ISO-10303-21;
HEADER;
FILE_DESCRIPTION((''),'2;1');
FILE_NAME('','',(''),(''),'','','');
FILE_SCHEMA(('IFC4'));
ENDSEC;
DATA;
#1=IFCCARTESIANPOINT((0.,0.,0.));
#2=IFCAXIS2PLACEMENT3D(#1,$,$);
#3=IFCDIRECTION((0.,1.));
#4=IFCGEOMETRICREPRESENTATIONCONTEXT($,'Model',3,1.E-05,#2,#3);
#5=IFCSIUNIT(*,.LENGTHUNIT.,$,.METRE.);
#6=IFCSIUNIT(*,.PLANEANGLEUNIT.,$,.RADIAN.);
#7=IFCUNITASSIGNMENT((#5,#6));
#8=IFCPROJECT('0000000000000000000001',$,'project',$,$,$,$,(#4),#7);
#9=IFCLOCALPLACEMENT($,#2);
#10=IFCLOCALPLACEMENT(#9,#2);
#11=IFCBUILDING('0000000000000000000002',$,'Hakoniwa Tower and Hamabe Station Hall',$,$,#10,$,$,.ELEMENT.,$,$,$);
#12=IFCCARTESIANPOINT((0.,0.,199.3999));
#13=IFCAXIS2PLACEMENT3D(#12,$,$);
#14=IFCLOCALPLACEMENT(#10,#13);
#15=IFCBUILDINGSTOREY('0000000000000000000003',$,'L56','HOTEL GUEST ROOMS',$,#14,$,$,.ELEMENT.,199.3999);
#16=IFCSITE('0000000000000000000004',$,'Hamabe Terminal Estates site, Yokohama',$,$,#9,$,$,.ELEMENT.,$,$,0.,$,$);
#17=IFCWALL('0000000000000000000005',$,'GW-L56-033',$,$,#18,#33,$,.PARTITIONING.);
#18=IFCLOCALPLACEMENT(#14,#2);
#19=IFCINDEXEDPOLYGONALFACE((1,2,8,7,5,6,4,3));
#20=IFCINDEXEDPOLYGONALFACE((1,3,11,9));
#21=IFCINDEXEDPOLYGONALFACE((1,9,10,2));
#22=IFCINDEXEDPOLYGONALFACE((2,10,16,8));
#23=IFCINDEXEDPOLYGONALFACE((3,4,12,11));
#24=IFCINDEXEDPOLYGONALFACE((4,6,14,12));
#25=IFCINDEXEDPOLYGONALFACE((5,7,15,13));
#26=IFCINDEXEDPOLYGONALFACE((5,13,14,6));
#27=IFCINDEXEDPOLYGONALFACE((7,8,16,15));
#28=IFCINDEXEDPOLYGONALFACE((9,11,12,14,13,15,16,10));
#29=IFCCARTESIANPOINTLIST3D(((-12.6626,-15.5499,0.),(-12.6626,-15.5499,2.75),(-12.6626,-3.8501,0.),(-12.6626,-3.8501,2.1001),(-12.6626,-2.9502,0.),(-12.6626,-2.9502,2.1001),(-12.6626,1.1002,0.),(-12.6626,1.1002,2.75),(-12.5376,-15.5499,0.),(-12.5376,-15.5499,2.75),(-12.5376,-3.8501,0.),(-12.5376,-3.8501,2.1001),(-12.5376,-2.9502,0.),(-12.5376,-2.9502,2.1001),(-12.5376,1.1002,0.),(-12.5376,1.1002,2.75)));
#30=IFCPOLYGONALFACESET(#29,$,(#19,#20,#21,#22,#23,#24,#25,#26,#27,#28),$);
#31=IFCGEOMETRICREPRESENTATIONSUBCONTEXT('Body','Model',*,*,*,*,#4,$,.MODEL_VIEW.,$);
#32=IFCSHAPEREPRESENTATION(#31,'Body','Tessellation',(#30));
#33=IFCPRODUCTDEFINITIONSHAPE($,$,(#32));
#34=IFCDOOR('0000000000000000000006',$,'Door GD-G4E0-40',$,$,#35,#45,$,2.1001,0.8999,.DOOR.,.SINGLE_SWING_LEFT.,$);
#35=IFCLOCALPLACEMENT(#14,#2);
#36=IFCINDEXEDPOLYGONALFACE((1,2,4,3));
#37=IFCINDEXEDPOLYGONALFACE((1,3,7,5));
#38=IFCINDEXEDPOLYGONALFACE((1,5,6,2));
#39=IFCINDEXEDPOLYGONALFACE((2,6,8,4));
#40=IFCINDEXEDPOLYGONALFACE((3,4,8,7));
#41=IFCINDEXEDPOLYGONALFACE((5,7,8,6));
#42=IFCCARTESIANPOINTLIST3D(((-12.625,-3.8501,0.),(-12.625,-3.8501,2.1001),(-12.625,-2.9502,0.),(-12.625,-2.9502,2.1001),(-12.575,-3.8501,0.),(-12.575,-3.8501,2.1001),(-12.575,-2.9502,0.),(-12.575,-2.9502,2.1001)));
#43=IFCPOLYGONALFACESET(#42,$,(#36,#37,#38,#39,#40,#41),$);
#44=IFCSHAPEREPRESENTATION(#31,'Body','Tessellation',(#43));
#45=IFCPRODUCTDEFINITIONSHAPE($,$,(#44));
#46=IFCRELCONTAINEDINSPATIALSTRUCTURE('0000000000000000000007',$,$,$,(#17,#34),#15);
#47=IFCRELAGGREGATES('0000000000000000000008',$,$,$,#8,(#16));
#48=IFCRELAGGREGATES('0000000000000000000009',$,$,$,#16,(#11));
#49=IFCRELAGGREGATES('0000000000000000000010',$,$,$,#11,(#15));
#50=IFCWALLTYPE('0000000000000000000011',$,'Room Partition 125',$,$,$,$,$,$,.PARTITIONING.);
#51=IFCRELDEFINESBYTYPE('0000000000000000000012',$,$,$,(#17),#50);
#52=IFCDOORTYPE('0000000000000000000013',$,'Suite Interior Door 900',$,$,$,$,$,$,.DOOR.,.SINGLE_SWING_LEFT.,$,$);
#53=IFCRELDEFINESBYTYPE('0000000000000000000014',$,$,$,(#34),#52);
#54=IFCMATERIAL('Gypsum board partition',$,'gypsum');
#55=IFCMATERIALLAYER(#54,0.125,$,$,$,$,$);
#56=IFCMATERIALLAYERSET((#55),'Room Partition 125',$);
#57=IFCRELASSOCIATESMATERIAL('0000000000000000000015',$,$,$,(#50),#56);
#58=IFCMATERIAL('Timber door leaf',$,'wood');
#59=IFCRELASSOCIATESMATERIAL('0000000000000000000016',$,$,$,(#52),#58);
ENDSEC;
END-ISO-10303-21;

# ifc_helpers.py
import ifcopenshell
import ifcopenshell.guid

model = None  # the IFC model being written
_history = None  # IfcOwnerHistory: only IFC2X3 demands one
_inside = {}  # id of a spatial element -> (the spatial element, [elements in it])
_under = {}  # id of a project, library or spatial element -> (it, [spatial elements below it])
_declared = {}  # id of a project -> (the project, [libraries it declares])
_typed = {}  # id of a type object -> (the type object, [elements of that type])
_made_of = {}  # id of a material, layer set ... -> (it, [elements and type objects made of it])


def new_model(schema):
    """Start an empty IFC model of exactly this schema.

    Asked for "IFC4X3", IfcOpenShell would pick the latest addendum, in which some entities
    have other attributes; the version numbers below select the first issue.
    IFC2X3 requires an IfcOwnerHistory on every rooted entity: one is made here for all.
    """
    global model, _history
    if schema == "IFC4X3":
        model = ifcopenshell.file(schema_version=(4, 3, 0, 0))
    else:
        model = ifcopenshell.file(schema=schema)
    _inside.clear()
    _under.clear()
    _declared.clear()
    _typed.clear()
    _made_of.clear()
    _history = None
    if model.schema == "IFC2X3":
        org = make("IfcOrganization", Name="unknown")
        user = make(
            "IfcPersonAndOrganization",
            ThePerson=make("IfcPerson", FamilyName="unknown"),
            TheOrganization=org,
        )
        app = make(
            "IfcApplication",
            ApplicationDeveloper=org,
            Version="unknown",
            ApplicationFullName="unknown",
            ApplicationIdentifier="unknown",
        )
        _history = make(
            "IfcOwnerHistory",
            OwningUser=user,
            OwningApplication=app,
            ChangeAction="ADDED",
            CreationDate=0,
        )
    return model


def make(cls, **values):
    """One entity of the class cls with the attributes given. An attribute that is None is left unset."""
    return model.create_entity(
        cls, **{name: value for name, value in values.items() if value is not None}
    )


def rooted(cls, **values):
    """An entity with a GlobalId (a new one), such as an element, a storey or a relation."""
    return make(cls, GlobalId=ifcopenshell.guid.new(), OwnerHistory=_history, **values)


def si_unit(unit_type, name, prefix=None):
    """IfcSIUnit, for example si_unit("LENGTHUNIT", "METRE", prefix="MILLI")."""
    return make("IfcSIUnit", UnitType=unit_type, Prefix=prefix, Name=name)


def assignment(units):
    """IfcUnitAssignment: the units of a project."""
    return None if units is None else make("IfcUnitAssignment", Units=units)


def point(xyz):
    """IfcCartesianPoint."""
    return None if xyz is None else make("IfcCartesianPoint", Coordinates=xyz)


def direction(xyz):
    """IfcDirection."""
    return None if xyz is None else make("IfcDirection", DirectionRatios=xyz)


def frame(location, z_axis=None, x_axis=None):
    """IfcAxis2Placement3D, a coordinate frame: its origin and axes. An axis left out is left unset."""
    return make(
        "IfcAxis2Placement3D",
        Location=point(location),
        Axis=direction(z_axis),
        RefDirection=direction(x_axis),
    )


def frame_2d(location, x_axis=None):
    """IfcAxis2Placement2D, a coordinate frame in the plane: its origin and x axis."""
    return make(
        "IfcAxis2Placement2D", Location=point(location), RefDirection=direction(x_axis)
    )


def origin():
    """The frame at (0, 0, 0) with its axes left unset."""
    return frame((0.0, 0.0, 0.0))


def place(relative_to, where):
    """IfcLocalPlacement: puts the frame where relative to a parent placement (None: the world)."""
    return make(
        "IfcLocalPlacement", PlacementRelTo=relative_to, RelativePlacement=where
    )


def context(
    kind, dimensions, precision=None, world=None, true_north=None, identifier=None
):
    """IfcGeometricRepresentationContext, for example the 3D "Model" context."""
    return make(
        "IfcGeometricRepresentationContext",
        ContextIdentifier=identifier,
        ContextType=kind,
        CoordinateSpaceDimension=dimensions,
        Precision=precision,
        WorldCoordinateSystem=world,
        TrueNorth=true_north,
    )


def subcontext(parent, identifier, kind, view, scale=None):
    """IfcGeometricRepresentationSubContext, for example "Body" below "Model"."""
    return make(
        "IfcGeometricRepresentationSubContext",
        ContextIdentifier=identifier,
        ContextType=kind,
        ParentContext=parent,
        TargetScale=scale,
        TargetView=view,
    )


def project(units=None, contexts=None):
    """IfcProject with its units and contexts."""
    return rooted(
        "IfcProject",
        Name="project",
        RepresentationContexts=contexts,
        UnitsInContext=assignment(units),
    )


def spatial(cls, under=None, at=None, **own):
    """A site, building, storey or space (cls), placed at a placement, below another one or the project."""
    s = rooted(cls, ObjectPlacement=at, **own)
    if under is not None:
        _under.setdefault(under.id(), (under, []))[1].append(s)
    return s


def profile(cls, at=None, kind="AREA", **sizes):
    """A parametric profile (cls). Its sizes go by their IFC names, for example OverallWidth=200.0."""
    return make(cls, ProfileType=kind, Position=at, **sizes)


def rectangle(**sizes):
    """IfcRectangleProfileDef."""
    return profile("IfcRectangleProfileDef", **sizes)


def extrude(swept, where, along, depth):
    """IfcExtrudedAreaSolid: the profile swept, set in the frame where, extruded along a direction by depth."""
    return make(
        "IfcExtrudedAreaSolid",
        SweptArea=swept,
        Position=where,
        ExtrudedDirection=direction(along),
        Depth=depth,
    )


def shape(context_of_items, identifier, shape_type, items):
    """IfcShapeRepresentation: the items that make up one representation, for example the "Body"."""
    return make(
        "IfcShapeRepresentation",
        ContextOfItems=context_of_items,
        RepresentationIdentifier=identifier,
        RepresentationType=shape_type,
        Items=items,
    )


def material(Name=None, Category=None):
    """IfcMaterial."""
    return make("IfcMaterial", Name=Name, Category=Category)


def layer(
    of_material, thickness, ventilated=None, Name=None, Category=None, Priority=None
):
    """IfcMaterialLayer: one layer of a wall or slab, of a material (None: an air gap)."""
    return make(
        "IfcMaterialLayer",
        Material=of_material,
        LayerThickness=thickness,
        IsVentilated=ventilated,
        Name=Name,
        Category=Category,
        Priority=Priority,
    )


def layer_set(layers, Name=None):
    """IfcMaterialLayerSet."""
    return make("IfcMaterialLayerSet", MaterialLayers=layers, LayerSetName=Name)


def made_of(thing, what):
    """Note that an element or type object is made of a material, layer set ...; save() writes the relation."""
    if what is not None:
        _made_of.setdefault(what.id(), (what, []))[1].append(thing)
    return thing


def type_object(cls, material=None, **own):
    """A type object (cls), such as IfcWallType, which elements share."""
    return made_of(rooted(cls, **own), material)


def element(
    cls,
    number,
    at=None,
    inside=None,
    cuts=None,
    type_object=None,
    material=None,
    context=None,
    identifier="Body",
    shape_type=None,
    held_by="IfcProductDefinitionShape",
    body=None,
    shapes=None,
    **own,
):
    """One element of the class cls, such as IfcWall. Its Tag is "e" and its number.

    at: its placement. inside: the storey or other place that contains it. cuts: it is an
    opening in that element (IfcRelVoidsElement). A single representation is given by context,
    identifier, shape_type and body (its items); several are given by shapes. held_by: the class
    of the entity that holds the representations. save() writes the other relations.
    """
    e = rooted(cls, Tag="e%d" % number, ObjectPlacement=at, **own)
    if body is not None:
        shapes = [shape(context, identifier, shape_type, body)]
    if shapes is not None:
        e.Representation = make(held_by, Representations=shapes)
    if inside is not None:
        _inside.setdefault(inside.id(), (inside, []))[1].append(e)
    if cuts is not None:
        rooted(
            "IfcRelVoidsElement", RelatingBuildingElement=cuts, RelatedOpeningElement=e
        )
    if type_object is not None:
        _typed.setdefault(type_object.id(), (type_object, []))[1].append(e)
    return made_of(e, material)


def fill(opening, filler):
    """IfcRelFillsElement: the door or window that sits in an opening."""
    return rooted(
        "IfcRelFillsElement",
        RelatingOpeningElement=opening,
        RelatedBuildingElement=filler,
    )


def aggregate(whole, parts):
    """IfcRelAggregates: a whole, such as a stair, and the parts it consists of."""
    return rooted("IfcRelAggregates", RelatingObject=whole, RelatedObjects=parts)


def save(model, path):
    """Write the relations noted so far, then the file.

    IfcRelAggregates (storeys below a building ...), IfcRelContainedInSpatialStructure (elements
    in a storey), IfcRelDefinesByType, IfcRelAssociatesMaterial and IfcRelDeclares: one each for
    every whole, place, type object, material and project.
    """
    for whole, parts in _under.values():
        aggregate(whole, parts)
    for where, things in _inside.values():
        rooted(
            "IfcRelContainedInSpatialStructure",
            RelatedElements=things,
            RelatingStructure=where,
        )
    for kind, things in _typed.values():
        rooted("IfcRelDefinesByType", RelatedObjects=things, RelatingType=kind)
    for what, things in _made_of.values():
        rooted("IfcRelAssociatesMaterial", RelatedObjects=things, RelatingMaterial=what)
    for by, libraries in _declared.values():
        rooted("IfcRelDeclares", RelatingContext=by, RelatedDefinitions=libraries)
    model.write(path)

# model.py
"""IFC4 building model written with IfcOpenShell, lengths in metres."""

from ifc_helpers import new_model, si_unit, direction, frame, frame_2d, origin, place, context, subcontext, project, spatial, rectangle, extrude, material, layer, layer_set, type_object, element, fill, save


model = new_model("IFC4")

# Units and contexts
model_context = context("Model", 3, precision=1e-05, world=origin(), true_north=direction((0.0, 1.0)))
body_context = subcontext(model_context, "Body", "Model", "MODEL_VIEW")
ifc_project = project(units=[si_unit("LENGTHUNIT", "METRE"), si_unit("PLANEANGLEUNIT", "RADIAN")], contexts=[model_context])

# Site, building, storey
site_placement = place(None, origin())
site = spatial("IfcSite", under=ifc_project, at=site_placement, Name="Hamabe Terminal Estates site, Yokohama", CompositionType="ELEMENT", RefElevation=0.0)
building_placement = place(site_placement, origin())
building = spatial("IfcBuilding", under=site, at=building_placement, Name="Hakoniwa Tower and Hamabe Station Hall", CompositionType="ELEMENT")
storey_placement = place(building_placement, frame((0.0, 0.0, 199.3999)))
storey = spatial("IfcBuildingStorey", under=building, at=storey_placement, Name="L56", Description="HOTEL GUEST ROOMS", CompositionType="ELEMENT", Elevation=199.3999)

# Wall, opening, door
ifc_material_1 = material(Name="Gypsum board partition", Category="gypsum")
ifc_layer_1 = layer(ifc_material_1, 0.125)
ifc_layer_set_1 = layer_set([ifc_layer_1], Name="Room Partition 125")
wall_type_1 = type_object("IfcWallType", Name="Room Partition 125", PredefinedType="PARTITIONING", material=ifc_layer_set_1)
ifc_material_2 = material(Name="Timber door leaf", Category="wood")
door_type_1 = type_object("IfcDoorType", Name="Suite Interior Door 900", OperationType="SINGLE_SWING_LEFT", PredefinedType="DOOR", material=ifc_material_2)
wall_1_placement = place(storey_placement, frame((-12.6001, -15.55, 0.0), z_axis=(0.0, 0.0, 1.0), x_axis=(0.0, 1.0, 0.0)))
wall_1 = element("IfcWall", 1, at=wall_1_placement, inside=storey, type_object=wall_type_1, Name="GW-L56-033", PredefinedType="PARTITIONING", context=body_context, shape_type="SweptSolid", body=[
    extrude(rectangle(XDim=16.6501, YDim=0.125, at=frame_2d((8.3252, 0.0))), origin(), (0.0, 0.0, 1.0), 2.75),
])
opening_1_placement = place(wall_1_placement, frame((11.7, 0.0, 0.0)))
opening_1 = element("IfcOpeningElement", 2, at=opening_1_placement, cuts=wall_1, PredefinedType="OPENING", context=body_context, shape_type="SweptSolid", body=[
    extrude(rectangle(XDim=0.8999, YDim=2.1001, at=frame_2d((0.45, 1.05))), frame((0.0, 0.0725, 0.0), z_axis=(0.0, -1.0, 0.0), x_axis=(1.0, 0.0, 0.0)), (0.0, 0.0, 1.0), 0.145),
])
door_1_placement = place(opening_1_placement, origin())
door_1 = element("IfcDoor", 3, at=door_1_placement, inside=storey, type_object=door_type_1, Name="Door GD-G4E0-40", OperationType="SINGLE_SWING_LEFT", OverallHeight=2.1001, OverallWidth=0.8999, PredefinedType="DOOR", context=body_context, shape_type="SweptSolid", body=[
    extrude(rectangle(XDim=0.8999, YDim=2.1001, at=frame_2d((0.45, 1.05))), frame((0.0, 0.0249, 0.0), z_axis=(0.0, -1.0, 0.0), x_axis=(1.0, 0.0, 0.0)), (0.0, 0.0, 1.0), 0.05),
])
fill(opening_1, door_1)

save(model, "model.ifc")
